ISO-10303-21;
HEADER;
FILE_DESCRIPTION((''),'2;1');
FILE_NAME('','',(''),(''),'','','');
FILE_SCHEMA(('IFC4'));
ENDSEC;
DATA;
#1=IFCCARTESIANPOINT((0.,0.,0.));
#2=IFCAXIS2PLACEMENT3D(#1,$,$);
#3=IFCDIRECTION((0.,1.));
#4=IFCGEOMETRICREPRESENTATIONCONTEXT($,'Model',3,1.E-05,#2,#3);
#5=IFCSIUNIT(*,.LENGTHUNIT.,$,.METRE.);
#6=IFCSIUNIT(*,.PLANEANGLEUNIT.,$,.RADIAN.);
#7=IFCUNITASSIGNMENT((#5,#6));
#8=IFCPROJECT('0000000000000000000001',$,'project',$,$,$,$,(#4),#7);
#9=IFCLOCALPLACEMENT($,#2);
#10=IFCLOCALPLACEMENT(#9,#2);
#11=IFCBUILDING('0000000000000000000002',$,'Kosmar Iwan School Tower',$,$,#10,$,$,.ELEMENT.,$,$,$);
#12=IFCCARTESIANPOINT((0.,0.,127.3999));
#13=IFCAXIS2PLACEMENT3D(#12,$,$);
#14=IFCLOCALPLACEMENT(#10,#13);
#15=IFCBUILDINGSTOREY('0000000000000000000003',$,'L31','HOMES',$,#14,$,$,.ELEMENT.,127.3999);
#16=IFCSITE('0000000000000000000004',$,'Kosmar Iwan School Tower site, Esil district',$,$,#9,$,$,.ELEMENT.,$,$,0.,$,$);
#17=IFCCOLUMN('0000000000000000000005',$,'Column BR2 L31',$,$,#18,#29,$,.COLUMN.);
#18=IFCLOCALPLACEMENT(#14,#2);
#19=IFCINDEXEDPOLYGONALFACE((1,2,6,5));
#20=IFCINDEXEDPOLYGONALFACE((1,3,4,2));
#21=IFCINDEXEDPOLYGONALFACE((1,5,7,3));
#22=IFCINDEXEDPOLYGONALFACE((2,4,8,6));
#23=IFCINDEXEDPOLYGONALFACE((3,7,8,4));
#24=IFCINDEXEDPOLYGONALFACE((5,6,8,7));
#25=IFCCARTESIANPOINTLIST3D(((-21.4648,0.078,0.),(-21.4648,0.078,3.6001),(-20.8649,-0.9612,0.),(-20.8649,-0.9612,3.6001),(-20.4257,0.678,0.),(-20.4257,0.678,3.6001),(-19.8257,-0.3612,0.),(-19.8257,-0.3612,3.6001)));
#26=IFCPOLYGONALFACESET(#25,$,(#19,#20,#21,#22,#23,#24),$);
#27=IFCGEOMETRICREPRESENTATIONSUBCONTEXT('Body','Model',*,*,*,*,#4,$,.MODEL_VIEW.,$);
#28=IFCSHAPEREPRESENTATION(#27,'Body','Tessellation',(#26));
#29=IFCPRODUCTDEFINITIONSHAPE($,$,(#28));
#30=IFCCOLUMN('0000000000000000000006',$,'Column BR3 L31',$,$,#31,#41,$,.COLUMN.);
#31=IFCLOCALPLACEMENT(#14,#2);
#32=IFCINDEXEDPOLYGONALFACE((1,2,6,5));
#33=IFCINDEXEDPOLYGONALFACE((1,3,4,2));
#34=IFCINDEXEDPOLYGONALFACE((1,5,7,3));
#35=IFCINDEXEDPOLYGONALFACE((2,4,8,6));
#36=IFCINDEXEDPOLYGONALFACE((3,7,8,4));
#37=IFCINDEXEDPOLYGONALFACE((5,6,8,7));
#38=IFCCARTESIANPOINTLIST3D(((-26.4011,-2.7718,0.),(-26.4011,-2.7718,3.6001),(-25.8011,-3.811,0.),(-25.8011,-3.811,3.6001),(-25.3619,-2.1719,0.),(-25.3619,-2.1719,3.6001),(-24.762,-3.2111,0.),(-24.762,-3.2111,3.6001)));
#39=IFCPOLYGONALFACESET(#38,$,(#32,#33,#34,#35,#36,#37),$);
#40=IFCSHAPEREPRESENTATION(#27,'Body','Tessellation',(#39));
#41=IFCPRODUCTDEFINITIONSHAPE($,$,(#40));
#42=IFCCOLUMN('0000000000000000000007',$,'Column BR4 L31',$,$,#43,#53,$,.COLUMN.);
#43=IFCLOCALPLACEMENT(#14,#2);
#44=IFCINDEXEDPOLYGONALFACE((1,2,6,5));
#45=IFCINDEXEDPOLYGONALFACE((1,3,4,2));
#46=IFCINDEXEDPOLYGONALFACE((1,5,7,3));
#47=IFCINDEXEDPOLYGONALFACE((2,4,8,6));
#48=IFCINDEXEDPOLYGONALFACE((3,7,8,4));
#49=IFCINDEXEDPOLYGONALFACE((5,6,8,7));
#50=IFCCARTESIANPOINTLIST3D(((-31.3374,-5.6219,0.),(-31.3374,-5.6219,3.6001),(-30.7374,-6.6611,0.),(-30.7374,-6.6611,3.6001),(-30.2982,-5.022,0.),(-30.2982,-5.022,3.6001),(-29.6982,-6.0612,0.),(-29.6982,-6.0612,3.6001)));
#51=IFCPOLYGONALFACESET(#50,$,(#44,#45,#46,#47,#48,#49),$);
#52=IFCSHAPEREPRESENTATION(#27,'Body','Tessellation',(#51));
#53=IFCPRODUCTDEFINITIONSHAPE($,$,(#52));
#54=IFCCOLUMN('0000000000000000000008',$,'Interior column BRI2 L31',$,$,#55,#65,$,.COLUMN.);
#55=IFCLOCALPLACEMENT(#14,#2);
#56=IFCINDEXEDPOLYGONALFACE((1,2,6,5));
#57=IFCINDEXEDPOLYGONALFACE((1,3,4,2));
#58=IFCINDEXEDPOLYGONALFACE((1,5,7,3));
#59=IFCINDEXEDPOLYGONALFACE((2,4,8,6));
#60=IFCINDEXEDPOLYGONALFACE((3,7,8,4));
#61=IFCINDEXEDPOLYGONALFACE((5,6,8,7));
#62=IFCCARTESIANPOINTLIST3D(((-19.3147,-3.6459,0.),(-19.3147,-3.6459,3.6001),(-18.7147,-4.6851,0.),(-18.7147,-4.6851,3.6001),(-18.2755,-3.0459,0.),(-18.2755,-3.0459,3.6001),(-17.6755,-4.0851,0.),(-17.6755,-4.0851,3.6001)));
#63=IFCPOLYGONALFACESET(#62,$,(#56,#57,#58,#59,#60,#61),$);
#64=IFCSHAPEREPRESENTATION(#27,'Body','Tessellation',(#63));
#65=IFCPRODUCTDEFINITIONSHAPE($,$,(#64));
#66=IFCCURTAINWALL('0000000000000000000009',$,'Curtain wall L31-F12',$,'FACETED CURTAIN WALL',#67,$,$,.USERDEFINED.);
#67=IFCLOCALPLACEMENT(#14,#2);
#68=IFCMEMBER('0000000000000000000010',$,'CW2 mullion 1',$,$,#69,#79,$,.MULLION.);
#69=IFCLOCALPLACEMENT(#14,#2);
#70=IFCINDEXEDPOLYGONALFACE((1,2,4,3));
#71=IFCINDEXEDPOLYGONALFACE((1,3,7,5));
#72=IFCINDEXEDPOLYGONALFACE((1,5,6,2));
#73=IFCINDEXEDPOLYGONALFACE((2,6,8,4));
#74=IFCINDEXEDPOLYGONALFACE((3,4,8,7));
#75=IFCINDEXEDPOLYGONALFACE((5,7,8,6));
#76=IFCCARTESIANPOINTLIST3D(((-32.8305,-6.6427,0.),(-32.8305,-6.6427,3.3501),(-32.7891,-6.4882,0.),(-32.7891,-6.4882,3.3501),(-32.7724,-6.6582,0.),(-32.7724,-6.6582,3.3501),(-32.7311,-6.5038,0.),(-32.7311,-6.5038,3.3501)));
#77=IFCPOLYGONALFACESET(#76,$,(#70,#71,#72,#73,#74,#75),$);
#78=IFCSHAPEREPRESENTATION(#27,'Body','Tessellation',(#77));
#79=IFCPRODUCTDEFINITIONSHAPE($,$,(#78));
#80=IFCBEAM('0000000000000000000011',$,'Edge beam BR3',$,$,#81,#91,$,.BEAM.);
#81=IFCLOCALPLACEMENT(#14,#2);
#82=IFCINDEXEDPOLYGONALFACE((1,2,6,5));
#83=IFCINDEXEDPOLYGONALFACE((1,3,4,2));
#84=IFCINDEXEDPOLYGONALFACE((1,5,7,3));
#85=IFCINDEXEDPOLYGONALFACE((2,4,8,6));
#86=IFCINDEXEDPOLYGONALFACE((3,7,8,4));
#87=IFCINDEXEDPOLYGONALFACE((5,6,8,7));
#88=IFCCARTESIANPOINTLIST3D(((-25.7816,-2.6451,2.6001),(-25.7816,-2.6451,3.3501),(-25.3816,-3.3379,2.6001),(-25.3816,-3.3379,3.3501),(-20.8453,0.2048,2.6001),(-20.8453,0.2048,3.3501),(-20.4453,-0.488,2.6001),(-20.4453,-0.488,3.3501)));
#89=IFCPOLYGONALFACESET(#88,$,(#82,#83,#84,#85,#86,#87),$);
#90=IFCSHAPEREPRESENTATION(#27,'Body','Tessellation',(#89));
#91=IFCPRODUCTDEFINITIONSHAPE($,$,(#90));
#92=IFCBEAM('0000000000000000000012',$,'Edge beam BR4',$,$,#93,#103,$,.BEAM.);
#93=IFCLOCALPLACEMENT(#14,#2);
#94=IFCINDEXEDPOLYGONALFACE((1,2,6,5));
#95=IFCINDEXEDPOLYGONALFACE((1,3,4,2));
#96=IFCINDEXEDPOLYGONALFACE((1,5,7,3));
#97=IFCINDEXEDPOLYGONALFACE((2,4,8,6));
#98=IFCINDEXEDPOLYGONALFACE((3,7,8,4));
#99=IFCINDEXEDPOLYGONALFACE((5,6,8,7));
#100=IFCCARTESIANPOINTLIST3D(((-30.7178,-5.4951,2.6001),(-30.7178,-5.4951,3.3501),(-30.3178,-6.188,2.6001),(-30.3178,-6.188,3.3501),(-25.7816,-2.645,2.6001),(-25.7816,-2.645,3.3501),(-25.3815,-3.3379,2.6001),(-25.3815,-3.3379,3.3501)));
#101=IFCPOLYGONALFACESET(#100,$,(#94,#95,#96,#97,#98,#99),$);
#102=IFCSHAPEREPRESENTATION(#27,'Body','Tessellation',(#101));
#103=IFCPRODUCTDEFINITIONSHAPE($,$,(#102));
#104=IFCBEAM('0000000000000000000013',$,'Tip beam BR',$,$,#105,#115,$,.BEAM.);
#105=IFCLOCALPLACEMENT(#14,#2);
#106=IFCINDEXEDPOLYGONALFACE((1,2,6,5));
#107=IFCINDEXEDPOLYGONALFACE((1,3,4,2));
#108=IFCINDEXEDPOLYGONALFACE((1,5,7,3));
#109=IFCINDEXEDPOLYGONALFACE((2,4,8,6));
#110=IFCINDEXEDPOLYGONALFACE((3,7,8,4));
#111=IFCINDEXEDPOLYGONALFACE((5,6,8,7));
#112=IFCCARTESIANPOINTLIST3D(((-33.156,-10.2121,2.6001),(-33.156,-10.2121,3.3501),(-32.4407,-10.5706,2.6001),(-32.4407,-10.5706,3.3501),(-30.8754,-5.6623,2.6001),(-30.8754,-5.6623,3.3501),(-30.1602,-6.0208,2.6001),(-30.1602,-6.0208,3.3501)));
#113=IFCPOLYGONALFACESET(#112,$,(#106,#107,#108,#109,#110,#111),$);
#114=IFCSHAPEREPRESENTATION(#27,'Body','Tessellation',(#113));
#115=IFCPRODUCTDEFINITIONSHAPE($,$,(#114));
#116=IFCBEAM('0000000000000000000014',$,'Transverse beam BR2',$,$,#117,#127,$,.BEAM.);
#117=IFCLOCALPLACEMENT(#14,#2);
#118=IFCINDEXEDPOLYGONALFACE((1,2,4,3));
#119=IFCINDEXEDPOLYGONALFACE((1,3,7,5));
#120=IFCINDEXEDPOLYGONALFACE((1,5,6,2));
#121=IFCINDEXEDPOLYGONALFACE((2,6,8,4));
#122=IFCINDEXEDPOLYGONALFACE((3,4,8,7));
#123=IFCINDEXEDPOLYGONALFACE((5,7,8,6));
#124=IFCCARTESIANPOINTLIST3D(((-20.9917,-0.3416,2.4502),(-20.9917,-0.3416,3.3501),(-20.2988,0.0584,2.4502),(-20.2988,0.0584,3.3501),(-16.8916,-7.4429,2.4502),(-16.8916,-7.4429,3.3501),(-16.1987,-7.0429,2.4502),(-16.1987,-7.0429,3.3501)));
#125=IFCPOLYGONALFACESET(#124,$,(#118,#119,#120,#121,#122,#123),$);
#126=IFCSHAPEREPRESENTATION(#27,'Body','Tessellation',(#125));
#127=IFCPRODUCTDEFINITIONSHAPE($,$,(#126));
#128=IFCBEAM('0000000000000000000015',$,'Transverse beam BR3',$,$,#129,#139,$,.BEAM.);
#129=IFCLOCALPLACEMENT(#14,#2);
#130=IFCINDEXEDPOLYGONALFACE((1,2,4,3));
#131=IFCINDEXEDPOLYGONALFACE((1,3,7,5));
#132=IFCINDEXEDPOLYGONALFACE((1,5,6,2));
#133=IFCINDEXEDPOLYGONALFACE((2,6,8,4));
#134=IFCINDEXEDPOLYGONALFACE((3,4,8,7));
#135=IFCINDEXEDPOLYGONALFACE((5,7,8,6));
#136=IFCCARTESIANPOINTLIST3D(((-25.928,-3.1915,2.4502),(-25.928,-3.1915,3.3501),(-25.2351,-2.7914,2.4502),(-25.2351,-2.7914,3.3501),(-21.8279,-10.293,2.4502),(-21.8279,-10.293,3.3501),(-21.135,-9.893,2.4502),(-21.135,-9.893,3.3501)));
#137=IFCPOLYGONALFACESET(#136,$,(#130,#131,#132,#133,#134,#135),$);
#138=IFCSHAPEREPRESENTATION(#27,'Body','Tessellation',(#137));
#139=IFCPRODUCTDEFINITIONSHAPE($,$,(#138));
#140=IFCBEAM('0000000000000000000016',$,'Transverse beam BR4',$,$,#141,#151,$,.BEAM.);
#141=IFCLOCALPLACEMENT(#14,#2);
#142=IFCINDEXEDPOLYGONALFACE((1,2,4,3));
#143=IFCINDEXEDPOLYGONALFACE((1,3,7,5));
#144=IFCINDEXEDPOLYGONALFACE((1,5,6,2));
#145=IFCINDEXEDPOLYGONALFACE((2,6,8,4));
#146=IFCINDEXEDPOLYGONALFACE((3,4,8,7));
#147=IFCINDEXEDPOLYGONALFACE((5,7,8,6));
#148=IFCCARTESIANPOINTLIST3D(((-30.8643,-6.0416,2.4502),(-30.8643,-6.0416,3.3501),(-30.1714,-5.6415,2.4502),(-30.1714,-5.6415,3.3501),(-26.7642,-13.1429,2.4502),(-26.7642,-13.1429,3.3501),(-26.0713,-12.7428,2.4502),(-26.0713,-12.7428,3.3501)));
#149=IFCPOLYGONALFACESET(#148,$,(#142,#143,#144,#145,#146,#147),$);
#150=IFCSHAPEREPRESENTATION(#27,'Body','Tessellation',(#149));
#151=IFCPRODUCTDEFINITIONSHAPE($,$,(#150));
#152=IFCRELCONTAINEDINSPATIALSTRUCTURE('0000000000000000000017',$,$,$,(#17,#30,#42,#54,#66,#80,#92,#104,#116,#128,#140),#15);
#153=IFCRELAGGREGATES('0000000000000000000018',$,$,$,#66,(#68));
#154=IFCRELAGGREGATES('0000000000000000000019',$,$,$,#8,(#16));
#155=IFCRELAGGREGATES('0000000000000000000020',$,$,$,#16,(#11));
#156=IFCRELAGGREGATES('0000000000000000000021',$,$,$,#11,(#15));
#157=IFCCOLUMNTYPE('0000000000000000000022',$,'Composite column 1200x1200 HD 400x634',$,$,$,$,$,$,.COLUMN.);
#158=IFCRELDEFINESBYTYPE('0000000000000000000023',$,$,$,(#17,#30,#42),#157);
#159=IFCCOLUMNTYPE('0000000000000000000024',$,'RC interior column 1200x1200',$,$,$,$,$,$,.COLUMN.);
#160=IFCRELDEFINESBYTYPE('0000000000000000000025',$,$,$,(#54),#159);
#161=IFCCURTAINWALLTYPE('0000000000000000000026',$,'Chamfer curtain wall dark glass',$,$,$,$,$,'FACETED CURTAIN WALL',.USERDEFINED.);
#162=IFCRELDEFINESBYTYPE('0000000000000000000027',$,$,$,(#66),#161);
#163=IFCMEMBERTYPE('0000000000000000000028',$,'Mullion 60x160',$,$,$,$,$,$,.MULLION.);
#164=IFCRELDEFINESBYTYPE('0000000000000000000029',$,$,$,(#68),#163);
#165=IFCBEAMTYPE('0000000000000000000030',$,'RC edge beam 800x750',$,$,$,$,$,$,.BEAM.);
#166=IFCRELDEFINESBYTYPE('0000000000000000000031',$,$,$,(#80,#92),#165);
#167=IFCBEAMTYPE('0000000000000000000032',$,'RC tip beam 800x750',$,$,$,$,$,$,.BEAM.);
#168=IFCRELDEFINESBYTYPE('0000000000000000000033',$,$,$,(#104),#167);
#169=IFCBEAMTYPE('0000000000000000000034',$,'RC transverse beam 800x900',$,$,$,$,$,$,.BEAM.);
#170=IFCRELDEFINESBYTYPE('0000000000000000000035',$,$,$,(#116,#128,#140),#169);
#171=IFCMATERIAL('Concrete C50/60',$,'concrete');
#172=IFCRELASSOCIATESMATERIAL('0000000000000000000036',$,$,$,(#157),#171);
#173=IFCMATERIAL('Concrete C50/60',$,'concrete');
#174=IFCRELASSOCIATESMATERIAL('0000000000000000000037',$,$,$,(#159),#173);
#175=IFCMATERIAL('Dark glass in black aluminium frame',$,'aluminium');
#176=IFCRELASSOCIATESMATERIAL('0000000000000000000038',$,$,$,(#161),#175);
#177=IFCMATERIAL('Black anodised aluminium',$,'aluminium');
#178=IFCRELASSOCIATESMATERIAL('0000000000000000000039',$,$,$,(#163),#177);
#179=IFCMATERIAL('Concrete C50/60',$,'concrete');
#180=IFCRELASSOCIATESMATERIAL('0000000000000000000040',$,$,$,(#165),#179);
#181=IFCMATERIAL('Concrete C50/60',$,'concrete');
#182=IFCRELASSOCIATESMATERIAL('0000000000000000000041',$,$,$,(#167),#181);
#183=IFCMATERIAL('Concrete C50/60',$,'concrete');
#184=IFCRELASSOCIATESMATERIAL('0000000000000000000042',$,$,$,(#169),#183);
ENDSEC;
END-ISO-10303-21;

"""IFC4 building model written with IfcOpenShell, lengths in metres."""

from ifc_helpers import new_model, si_unit, direction, frame, origin, origin_2d, place, context, subcontext, project, spatial, rectangle, extrude, material, material_profile, profile_set, type_object, element, aggregate, save


model = new_model("IFC4")

# Units and contexts
model_context = context("Model", 3, precision=1e-05, world=origin(), true_north=direction((0.0, 1.0)))
body_context = subcontext(model_context, "Body", "Model", "MODEL_VIEW")
ifc_project = project(units=[si_unit("LENGTHUNIT", "METRE"), si_unit("PLANEANGLEUNIT", "RADIAN")], contexts=[model_context])

# Site, building, storey
site_placement = place(None, origin())
site = spatial("IfcSite", under=ifc_project, at=site_placement, Name="Kosmar Iwan School Tower site, Esil district", CompositionType="ELEMENT", RefElevation=0.0)
building_placement = place(site_placement, origin())
building = spatial("IfcBuilding", under=site, at=building_placement, Name="Kosmar Iwan School Tower", CompositionType="ELEMENT")
storey_placement = place(building_placement, frame((0.0, 0.0, 127.3999)))
storey = spatial("IfcBuildingStorey", under=building, at=storey_placement, Name="L31", Description="HOMES", CompositionType="ELEMENT", Elevation=127.3999)

# Columns
ifc_material_1 = material(Name="Concrete C50/60", Category="concrete")
ifc_material_profile_1 = material_profile(ifc_material_1, rectangle(XDim=1.2, YDim=1.2, at=origin_2d()), Name="RC 1200x1200 + HD 400x634")
ifc_profile_set_1 = profile_set([ifc_material_profile_1], Name="Concrete C50/60")
column_type_1 = type_object("IfcColumnType", Name="Composite column 1200x1200 HD 400x634", PredefinedType="COLUMN", material=ifc_profile_set_1)
for number, where, z_axis, x_axis, name in (
    (1, (-20.6453, -0.1416, 0.0), (0.0, 0.0, 1.0), (-0.866025, -0.5, 0.0), "Column BR2 L31"),
    (2, (-25.5815, -2.9915, 0.0), (0.0, 0.0, 1.0), (-0.866025, -0.5, 0.0), "Column BR3 L31"),
    (3, (-30.5178, -5.8416, 0.0), (0.0, 0.0, 1.0), (-0.866025, -0.5, 0.0), "Column BR4 L31"),
):
    element("IfcColumn", number, at=place(storey_placement, frame(where, z_axis=z_axis, x_axis=x_axis)), inside=storey, type_object=column_type_1, Name=name, PredefinedType="COLUMN", context=body_context, shape_type="SweptSolid", body=[
        extrude(rectangle(XDim=1.2, YDim=1.2, at=origin_2d()), origin(), (0.0, 0.0, 1.0), 3.6001),
    ])
ifc_material_2 = material(Name="Concrete C50/60", Category="concrete")
ifc_material_profile_2 = material_profile(ifc_material_2, rectangle(XDim=1.2, YDim=1.2, at=origin_2d()), Name="RC 1200x1200")
ifc_profile_set_2 = profile_set([ifc_material_profile_2], Name="Concrete C50/60")
column_type_2 = type_object("IfcColumnType", Name="RC interior column 1200x1200", PredefinedType="COLUMN", material=ifc_profile_set_2)
column_placement = place(storey_placement, frame((-18.4951, -3.8655, 0.0), z_axis=(0.0, 0.0, 1.0), x_axis=(-0.866025, -0.5, 0.0)))
element("IfcColumn", 4, at=column_placement, inside=storey, type_object=column_type_2, Name="Interior column BRI2 L31", PredefinedType="COLUMN", context=body_context, shape_type="SweptSolid", body=[
    extrude(rectangle(XDim=1.2, YDim=1.2, at=origin_2d()), origin(), (0.0, 0.0, 1.0), 3.6001),
])

# Curtain wall, member
ifc_material_3 = material(Name="Dark glass in black aluminium frame", Category="aluminium")
curtain_wall_type = type_object("IfcCurtainWallType", Name="Chamfer curtain wall dark glass", ElementType="FACETED CURTAIN WALL", PredefinedType="USERDEFINED", material=ifc_material_3)
curtain_wall_placement = place(storey_placement, origin())
curtain_wall = element("IfcCurtainWall", 5, at=curtain_wall_placement, inside=storey, type_object=curtain_wall_type, Name="Curtain wall L31-F12", ObjectType="FACETED CURTAIN WALL", PredefinedType="USERDEFINED")
ifc_material_4 = material(Name="Black anodised aluminium", Category="aluminium")
ifc_material_profile_3 = material_profile(ifc_material_4, rectangle(XDim=0.0601, YDim=0.1599, at=origin_2d()), Name="MULLION 60x160")
ifc_profile_set_3 = profile_set([ifc_material_profile_3], Name="Black anodised aluminium")
member_type = type_object("IfcMemberType", Name="Mullion 60x160", PredefinedType="MULLION", material=ifc_profile_set_3)
member_placement = place(storey_placement, frame((-32.7808, -6.5732, 0.0), z_axis=(0.0, 0.0, 1.0), x_axis=(0.965926, -0.258819, 0.0)))
member = element("IfcMember", 6, at=member_placement, type_object=member_type, Name="CW2 mullion 1", PredefinedType="MULLION", context=body_context, shape_type="SweptSolid", body=[
    extrude(rectangle(XDim=0.0601, YDim=0.1599, at=origin_2d()), origin(), (0.0, 0.0, 1.0), 3.3501),
])
aggregate(curtain_wall, [member])

# Beams
ifc_material_5 = material(Name="Concrete C50/60", Category="concrete")
ifc_material_profile_4 = material_profile(ifc_material_5, rectangle(XDim=0.8, YDim=0.75, at=origin_2d()), Name="RC 800x750")
ifc_profile_set_4 = profile_set([ifc_material_profile_4], Name="Concrete C50/60")
beam_type_1 = type_object("IfcBeamType", Name="RC edge beam 800x750", PredefinedType="BEAM", material=ifc_profile_set_4)
for number, where, z_axis, x_axis, name in (
    (7, (-20.6453, -0.1416, 2.9751), (-0.866034, -0.499986, 0.0), (0.499986, -0.866034, 0.0), "Edge beam BR3"),
    (8, (-25.5815, -2.9915, 2.9751), (-0.866015, -0.500018, 0.0), (0.500018, -0.866015, 0.0), "Edge beam BR4"),
):
    element("IfcBeam", number, at=place(storey_placement, frame(where, z_axis=z_axis, x_axis=x_axis)), inside=storey, type_object=beam_type_1, Name=name, PredefinedType="BEAM", context=body_context, shape_type="SweptSolid", body=[
        extrude(rectangle(XDim=0.8, YDim=0.75, at=origin_2d()), origin(), (0.0, 0.0, 1.0), 5.7),
    ])
ifc_material_6 = material(Name="Concrete C50/60", Category="concrete")
ifc_material_profile_5 = material_profile(ifc_material_6, rectangle(XDim=0.8, YDim=0.75, at=origin_2d()), Name="RC 800x750")
ifc_profile_set_5 = profile_set([ifc_material_profile_5], Name="Concrete C50/60")
beam_type_2 = type_object("IfcBeamType", Name="RC tip beam 800x750", PredefinedType="BEAM", material=ifc_profile_set_5)
beam_1_placement = place(storey_placement, frame((-30.5178, -5.8416, 2.9751), z_axis=(-0.448096, -0.893985, 0.0), x_axis=(0.893985, -0.448096, 0.0)))
element("IfcBeam", 9, at=beam_1_placement, inside=storey, type_object=beam_type_2, Name="Tip beam BR", PredefinedType="BEAM", context=body_context, shape_type="SweptSolid", body=[
    extrude(rectangle(XDim=0.8, YDim=0.75, at=origin_2d()), origin(), (0.0, 0.0, 1.0), 5.0894),
])
ifc_material_7 = material(Name="Concrete C50/60", Category="concrete")
ifc_material_profile_6 = material_profile(ifc_material_7, rectangle(XDim=0.8, YDim=0.8999, at=origin_2d()), Name="RC 800x900")
ifc_profile_set_6 = profile_set([ifc_material_profile_6], Name="Concrete C50/60")
beam_type_3 = type_object("IfcBeamType", Name="RC transverse beam 800x900", PredefinedType="BEAM", material=ifc_profile_set_6)
beam_2_placement = place(storey_placement, frame((-20.6453, -0.1416, 2.9001), z_axis=(0.500014, -0.866018, 0.0), x_axis=(0.866018, 0.500014, 0.0)))
element("IfcBeam", 10, at=beam_2_placement, inside=storey, type_object=beam_type_3, Name="Transverse beam BR2", PredefinedType="BEAM", context=body_context, shape_type="SweptSolid", body=[
    extrude(rectangle(XDim=0.8, YDim=0.8999, at=origin_2d()), origin(), (0.0, 0.0, 1.0), 8.2),
])
beam_3_placement = place(storey_placement, frame((-25.5815, -2.9915, 2.9001), z_axis=(0.500001, -0.866025, 0.0), x_axis=(0.866025, 0.500001, 0.0)))
element("IfcBeam", 11, at=beam_3_placement, inside=storey, type_object=beam_type_3, Name="Transverse beam BR3", PredefinedType="BEAM", context=body_context, shape_type="SweptSolid", body=[
    extrude(rectangle(XDim=0.8, YDim=0.8999, at=origin_2d()), origin(), (0.0, 0.0, 1.0), 8.2002),
])
beam_4_placement = place(storey_placement, frame((-30.5178, -5.8416, 2.9001), z_axis=(0.500014, -0.866018, 0.0), x_axis=(0.866018, 0.500014, 0.0)))
element("IfcBeam", 12, at=beam_4_placement, inside=storey, type_object=beam_type_3, Name="Transverse beam BR4", PredefinedType="BEAM", context=body_context, shape_type="SweptSolid", body=[
    extrude(rectangle(XDim=0.8, YDim=0.8999, at=origin_2d()), origin(), (0.0, 0.0, 1.0), 8.2),
])

save(model, "model.ifc")
